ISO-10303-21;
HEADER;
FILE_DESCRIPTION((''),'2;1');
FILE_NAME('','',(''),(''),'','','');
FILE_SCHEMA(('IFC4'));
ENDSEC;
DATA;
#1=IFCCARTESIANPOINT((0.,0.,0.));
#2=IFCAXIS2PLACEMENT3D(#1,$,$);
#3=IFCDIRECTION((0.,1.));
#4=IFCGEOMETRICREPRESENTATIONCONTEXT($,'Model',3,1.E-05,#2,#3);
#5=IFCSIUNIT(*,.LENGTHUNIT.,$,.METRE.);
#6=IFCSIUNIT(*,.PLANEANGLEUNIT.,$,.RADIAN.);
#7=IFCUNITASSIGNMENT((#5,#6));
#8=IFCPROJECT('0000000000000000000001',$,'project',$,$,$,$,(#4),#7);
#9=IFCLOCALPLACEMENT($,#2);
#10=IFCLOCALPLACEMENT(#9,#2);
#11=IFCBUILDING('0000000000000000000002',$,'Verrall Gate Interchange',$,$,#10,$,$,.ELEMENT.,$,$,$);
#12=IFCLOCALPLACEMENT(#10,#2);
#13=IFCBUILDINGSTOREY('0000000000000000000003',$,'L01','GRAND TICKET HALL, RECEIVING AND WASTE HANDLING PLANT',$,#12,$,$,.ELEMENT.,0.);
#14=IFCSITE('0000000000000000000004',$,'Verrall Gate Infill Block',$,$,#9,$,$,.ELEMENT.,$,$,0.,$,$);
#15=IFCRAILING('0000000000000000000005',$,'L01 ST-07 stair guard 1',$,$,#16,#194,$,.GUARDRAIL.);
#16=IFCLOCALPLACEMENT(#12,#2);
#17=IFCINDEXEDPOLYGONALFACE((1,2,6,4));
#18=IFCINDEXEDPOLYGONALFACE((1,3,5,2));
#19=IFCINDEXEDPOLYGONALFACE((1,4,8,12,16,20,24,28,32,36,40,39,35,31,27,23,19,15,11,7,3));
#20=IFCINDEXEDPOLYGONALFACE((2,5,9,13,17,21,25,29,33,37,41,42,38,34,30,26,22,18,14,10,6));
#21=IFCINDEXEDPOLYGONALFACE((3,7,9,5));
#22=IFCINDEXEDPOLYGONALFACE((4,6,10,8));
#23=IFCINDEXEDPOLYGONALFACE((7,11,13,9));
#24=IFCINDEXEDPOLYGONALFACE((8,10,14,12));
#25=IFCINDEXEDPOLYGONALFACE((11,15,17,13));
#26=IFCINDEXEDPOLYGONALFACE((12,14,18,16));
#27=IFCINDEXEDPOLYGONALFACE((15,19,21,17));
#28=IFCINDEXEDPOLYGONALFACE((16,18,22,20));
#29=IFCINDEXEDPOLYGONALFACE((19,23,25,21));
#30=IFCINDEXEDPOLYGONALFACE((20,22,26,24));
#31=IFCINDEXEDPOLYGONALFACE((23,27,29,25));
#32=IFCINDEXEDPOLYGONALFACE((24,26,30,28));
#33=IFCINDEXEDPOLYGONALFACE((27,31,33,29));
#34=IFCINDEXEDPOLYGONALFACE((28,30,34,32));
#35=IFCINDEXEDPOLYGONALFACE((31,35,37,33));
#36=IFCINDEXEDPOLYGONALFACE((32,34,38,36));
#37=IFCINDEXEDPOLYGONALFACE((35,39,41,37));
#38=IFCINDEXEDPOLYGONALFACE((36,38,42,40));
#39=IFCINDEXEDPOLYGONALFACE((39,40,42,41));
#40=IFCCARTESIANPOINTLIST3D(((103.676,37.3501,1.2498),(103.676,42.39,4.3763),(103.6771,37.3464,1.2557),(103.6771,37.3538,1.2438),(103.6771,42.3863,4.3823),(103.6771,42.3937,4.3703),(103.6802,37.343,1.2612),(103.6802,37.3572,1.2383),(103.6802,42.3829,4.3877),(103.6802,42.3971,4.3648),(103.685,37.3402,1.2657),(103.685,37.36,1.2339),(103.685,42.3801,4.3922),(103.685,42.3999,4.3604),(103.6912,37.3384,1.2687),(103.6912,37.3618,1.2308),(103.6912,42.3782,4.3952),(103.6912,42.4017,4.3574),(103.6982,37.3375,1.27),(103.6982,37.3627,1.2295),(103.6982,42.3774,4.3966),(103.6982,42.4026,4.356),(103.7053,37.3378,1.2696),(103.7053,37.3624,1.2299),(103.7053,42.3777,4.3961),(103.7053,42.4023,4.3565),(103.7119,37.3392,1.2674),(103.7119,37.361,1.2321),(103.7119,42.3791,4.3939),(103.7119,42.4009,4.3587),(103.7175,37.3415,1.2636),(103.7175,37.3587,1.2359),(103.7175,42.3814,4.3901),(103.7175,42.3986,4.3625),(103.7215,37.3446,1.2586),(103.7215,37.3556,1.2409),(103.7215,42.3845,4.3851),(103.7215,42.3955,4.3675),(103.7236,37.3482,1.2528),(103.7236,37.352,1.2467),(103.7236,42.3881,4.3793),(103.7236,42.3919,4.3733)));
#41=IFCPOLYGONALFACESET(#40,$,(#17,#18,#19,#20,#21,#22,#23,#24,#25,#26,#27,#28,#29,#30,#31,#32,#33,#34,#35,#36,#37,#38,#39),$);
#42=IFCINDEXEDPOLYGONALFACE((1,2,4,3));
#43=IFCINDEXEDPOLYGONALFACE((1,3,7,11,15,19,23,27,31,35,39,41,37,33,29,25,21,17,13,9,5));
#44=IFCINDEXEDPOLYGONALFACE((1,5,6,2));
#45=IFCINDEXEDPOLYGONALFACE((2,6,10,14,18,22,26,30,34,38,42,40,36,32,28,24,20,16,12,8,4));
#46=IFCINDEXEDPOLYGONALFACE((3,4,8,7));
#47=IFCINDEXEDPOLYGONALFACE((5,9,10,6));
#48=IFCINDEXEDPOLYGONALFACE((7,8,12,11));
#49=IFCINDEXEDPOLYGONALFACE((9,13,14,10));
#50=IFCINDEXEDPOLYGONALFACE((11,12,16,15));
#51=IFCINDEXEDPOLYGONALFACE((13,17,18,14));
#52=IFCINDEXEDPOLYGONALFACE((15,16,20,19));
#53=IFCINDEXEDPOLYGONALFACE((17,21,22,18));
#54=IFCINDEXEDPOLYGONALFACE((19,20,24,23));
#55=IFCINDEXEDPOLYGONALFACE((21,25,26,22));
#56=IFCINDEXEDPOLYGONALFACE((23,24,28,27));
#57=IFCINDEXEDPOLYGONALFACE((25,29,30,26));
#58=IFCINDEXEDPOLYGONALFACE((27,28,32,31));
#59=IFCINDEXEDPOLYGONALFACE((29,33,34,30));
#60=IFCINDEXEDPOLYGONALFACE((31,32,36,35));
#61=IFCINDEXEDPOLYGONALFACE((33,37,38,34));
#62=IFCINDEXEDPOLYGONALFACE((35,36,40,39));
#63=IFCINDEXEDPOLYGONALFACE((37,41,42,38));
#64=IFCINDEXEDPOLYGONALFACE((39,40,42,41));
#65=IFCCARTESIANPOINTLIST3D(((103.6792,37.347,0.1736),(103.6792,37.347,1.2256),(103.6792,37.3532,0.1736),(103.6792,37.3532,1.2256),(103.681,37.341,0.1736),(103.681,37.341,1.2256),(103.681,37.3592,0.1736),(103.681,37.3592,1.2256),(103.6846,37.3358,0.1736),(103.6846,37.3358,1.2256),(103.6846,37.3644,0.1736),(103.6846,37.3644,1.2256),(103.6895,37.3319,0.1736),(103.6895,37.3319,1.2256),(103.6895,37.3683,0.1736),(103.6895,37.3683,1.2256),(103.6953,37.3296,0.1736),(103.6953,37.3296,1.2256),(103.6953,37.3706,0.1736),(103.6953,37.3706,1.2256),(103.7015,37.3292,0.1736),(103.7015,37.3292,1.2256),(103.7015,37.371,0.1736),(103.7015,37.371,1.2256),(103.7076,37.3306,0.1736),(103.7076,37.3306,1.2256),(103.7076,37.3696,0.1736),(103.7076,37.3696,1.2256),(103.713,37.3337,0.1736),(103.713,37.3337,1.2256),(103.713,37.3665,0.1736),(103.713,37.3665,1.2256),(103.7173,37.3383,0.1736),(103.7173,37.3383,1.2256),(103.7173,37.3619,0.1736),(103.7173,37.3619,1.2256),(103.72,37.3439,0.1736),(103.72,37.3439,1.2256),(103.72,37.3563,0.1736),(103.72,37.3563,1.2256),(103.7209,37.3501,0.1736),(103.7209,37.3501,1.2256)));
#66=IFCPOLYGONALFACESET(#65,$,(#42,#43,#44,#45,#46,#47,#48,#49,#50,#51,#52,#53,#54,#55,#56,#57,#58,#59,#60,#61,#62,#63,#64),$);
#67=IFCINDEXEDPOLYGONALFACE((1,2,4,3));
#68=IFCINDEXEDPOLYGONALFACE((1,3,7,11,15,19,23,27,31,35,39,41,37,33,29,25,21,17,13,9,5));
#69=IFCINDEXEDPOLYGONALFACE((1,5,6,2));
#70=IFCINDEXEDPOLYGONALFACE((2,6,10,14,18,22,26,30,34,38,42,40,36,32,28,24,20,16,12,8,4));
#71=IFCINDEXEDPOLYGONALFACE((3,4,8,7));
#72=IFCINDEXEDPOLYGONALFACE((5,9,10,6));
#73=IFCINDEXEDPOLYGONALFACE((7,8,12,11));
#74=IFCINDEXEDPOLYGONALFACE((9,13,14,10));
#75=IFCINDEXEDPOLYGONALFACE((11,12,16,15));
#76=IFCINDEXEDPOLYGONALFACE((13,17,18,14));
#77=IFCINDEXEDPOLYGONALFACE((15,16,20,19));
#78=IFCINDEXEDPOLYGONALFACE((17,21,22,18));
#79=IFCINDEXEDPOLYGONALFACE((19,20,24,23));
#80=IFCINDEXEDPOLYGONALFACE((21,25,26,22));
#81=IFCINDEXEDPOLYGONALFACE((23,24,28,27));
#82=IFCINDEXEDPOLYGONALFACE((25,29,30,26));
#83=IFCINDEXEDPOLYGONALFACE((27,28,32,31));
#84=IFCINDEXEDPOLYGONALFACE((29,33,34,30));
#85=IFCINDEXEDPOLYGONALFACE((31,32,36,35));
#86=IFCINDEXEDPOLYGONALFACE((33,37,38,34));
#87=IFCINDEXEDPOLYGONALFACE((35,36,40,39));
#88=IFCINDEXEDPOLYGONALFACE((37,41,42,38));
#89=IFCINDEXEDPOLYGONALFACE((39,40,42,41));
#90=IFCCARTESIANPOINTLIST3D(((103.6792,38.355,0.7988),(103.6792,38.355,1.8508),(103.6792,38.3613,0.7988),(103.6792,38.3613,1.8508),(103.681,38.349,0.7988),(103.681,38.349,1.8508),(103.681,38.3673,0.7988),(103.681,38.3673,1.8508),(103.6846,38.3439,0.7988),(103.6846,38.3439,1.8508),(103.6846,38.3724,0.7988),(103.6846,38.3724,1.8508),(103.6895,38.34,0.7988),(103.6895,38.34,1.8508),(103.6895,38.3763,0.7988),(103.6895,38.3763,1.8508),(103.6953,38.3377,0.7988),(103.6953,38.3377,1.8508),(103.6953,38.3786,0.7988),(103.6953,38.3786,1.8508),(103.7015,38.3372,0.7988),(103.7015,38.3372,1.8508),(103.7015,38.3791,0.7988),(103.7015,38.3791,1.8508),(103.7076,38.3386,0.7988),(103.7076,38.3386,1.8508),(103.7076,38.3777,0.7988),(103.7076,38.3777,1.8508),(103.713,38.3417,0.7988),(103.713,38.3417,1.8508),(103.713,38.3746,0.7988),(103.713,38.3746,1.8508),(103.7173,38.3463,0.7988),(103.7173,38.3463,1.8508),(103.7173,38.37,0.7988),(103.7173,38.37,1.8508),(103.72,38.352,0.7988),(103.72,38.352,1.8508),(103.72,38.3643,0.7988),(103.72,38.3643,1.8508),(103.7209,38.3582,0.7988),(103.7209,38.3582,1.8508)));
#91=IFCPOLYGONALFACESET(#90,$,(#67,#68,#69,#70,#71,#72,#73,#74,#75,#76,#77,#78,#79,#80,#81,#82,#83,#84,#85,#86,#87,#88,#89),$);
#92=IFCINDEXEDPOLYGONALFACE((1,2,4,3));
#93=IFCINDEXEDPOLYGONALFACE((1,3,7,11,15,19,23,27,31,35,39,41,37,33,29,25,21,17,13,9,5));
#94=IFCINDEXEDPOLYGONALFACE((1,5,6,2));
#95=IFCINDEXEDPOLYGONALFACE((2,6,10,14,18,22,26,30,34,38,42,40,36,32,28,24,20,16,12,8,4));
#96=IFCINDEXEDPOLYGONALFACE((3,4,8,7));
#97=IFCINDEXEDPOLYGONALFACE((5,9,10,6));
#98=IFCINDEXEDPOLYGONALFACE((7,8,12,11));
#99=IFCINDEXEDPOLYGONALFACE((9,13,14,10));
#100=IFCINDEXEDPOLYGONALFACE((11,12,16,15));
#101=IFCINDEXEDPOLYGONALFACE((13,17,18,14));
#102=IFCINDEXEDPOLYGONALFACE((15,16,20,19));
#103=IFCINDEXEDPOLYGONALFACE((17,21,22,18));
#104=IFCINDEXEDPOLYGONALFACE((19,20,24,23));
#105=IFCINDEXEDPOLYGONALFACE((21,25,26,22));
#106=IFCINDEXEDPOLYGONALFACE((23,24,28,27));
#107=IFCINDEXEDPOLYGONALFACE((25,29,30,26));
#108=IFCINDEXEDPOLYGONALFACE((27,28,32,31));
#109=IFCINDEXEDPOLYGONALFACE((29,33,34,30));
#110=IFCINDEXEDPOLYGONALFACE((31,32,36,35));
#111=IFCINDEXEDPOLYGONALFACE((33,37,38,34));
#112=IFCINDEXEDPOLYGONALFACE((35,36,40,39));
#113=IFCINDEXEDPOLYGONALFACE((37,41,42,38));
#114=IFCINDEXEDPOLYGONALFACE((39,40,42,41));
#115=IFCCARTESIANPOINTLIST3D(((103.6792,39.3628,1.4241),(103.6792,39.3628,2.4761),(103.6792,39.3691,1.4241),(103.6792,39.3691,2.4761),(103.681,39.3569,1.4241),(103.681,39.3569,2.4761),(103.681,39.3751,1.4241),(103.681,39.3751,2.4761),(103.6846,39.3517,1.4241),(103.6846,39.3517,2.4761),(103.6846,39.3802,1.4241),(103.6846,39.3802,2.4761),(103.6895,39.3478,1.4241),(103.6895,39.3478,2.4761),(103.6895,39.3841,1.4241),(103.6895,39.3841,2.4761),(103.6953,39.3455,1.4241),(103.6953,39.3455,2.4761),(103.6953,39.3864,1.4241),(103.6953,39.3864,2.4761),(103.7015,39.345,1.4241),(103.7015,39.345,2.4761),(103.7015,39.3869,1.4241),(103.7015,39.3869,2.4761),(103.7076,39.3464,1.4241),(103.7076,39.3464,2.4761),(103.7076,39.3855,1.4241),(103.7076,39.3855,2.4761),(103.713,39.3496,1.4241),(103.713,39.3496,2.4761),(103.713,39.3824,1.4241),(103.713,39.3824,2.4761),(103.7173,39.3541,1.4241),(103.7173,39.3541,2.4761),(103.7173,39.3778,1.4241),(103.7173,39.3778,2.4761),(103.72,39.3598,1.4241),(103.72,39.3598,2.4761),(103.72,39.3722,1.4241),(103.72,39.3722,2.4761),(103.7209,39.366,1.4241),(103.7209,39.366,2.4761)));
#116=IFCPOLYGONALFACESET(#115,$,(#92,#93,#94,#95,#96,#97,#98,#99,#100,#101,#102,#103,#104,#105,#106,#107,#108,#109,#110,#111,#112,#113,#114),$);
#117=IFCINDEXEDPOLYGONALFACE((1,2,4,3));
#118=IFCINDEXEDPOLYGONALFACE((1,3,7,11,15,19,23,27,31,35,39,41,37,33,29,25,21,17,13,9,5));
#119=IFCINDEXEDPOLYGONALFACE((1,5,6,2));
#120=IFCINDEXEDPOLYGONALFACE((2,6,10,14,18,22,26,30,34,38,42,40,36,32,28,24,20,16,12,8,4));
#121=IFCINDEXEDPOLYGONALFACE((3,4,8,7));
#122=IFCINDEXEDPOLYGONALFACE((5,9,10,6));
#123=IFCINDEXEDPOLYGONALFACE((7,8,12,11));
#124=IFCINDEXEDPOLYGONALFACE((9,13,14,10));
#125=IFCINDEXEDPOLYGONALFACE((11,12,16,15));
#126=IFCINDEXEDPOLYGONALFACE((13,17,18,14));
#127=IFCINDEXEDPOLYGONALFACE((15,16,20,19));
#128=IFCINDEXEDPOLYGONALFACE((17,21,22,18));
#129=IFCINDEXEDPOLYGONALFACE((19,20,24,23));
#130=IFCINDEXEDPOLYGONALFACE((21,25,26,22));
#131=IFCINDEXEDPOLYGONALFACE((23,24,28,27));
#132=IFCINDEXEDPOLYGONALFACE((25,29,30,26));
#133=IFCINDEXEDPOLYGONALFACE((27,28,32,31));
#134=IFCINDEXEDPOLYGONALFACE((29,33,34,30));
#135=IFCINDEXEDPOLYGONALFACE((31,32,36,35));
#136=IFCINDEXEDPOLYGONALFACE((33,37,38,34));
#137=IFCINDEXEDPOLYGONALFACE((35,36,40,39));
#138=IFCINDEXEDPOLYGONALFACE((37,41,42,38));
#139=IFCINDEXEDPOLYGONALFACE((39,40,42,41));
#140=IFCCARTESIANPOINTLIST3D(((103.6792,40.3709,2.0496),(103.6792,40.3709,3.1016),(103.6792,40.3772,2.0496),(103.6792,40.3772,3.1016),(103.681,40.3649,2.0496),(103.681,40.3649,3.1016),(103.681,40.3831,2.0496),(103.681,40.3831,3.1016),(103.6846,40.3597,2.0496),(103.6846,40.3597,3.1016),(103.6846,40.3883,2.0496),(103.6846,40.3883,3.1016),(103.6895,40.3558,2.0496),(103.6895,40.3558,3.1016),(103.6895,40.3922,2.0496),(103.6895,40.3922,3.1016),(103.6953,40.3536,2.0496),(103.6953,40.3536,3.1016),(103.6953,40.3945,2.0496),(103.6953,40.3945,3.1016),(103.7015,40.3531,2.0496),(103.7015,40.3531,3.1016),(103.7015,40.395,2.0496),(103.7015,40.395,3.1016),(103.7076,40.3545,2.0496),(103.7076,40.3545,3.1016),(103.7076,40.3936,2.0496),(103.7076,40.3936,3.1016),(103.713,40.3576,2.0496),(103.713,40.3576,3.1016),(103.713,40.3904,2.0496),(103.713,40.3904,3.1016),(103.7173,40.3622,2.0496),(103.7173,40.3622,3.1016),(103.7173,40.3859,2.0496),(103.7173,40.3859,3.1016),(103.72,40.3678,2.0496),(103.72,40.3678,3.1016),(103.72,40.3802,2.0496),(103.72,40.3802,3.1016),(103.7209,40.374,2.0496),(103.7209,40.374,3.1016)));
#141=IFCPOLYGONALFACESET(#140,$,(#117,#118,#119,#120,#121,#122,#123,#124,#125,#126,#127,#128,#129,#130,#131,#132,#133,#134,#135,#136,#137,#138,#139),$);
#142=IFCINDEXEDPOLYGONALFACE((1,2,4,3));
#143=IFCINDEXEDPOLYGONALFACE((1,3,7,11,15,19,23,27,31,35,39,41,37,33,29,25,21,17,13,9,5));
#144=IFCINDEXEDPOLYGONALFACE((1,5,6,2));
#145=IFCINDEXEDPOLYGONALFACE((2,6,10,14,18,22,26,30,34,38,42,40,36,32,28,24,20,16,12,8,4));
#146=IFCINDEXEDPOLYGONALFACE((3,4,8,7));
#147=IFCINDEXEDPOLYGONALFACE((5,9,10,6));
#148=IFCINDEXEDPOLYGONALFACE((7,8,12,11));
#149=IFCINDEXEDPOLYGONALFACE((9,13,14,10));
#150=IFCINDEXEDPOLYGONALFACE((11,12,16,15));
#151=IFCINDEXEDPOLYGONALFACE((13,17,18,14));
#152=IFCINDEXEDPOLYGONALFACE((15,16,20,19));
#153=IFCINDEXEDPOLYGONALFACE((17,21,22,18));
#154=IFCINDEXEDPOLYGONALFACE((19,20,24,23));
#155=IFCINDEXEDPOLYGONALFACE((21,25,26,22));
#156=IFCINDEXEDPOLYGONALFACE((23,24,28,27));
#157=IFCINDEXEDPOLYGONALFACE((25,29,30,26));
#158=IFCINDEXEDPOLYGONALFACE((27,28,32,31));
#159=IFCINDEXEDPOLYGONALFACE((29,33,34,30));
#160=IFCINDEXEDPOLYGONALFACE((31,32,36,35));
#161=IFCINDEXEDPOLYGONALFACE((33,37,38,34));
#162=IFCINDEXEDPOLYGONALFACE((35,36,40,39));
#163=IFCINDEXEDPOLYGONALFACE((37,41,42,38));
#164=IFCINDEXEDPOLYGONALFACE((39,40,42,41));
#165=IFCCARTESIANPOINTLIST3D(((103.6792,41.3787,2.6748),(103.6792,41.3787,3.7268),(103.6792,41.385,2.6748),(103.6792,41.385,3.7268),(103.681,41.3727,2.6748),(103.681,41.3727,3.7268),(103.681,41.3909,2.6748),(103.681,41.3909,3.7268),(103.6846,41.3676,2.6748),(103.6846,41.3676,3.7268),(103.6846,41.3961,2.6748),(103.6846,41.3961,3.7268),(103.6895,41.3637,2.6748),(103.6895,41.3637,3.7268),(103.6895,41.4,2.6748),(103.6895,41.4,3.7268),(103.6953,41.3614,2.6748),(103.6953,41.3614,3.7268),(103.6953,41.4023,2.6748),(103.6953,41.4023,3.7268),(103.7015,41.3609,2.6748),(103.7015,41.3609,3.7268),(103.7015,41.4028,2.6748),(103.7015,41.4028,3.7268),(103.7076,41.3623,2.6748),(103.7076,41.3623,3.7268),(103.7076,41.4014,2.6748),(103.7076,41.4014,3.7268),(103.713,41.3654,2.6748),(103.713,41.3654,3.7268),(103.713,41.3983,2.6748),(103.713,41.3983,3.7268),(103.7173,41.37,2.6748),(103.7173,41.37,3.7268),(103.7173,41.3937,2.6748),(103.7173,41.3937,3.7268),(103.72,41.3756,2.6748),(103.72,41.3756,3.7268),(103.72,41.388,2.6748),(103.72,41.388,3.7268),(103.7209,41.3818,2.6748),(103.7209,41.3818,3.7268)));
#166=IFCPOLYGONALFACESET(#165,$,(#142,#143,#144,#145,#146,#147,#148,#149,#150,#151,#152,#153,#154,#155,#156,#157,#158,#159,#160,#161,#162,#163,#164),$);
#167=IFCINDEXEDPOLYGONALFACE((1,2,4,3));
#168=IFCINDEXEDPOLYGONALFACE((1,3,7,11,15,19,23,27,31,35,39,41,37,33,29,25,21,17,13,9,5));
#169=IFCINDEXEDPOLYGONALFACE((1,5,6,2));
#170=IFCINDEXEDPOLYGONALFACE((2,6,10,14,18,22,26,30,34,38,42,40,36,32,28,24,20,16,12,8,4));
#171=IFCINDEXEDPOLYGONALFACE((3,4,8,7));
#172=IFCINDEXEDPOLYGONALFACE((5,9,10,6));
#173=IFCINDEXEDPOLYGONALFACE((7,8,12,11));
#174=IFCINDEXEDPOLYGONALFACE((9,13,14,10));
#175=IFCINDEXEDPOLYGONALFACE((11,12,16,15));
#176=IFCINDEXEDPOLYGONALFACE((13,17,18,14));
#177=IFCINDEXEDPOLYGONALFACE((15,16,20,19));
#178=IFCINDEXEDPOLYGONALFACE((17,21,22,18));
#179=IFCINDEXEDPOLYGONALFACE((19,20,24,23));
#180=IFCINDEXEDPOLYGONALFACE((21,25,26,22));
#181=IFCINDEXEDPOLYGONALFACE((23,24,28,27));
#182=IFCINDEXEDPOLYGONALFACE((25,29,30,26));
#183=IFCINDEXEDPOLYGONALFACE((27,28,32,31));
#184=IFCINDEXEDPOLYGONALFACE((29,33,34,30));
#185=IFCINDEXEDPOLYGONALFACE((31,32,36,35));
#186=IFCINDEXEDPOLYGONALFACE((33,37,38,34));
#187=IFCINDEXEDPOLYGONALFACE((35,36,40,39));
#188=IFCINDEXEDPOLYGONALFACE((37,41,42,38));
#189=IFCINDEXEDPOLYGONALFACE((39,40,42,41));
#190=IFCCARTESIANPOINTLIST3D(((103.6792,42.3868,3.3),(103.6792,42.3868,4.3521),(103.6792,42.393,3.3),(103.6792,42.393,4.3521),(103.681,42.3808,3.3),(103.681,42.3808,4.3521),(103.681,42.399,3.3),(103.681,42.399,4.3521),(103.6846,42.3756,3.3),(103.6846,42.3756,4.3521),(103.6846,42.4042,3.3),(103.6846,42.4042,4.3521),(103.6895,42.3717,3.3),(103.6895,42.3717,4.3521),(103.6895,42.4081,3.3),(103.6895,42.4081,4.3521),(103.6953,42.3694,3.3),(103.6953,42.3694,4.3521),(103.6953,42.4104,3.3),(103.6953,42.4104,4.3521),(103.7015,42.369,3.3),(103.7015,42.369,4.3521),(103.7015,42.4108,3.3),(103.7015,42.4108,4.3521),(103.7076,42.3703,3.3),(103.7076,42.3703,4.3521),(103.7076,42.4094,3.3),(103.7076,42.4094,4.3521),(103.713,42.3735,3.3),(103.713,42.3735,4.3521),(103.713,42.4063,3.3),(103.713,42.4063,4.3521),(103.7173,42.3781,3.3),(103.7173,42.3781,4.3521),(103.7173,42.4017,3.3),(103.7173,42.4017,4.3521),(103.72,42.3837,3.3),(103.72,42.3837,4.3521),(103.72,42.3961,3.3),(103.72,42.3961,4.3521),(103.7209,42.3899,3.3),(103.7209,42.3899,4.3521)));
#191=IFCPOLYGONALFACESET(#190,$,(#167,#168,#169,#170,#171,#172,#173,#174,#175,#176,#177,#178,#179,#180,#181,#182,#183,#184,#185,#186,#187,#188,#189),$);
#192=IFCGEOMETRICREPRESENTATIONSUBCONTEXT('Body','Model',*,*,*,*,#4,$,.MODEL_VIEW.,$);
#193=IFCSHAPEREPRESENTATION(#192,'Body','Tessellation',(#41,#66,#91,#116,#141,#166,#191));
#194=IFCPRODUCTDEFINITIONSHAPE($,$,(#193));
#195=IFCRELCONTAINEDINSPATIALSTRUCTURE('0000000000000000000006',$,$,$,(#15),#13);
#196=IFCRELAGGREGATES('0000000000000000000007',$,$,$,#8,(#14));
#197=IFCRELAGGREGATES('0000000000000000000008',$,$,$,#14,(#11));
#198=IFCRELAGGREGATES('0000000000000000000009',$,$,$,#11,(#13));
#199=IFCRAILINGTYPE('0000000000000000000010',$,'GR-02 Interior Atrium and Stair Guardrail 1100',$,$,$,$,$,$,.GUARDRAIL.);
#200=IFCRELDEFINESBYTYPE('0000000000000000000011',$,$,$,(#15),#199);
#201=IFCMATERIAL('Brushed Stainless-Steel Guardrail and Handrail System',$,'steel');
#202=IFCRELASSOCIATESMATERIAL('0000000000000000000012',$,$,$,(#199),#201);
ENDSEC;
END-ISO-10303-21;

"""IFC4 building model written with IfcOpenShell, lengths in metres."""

from ifc_helpers import new_model, si_unit, direction, frame, origin, origin_2d, place, context, subcontext, project, spatial, circle, extrude, material, type_object, element, save


model = new_model("IFC4")

# Units and contexts
model_context = context("Model", 3, precision=1e-05, world=origin(), true_north=direction((0.0, 1.0)))
body_context = subcontext(model_context, "Body", "Model", "MODEL_VIEW")
ifc_project = project(units=[si_unit("LENGTHUNIT", "METRE"), si_unit("PLANEANGLEUNIT", "RADIAN")], contexts=[model_context])

# Site, building, storey
site_placement = place(None, origin())
site = spatial("IfcSite", under=ifc_project, at=site_placement, Name="Verrall Gate Infill Block", CompositionType="ELEMENT", RefElevation=0.0)
building_placement = place(site_placement, origin())
building = spatial("IfcBuilding", under=site, at=building_placement, Name="Verrall Gate Interchange", CompositionType="ELEMENT")
storey_placement = place(building_placement, origin())
storey = spatial("IfcBuildingStorey", under=building, at=storey_placement, Name="L01", Description="GRAND TICKET HALL, RECEIVING AND WASTE HANDLING PLANT", CompositionType="ELEMENT", Elevation=0.0)

# Railing
ifc_material_1 = material(Name="Brushed Stainless-Steel Guardrail and Handrail System", Category="steel")
railing_type = type_object("IfcRailingType", Name="GR-02 Interior Atrium and Stair Guardrail 1100", PredefinedType="GUARDRAIL", material=ifc_material_1)
railing_1_placement = place(storey_placement, frame((103.7, 37.3501, 0.1736)))
element("IfcRailing", 1, at=railing_1_placement, inside=storey, type_object=railing_type, Name="L01 ST-07 stair guard 1", PredefinedType="GUARDRAIL", context=body_context, shape_type="SweptSolid", body=[
    extrude(circle(Radius=0.0239, at=origin_2d()), frame((0.0, 0.0, 1.0762), z_axis=(0.0, 0.849767, 0.527158), x_axis=(-1.0, 0.0, 0.0)), (0.0, 0.0, 1.0), 5.9309),
    extrude(circle(Radius=0.021, at=origin_2d()), origin(), (0.0, 0.0, 1.0), 1.052),
    extrude(circle(Radius=0.021, at=origin_2d()), frame((0.0, 1.0081, 0.6252)), (0.0, 0.0, 1.0), 1.052),
    extrude(circle(Radius=0.021, at=origin_2d()), frame((0.0, 2.0159, 1.2505)), (0.0, 0.0, 1.0), 1.052),
    extrude(circle(Radius=0.021, at=origin_2d()), frame((0.0, 3.0239, 1.876)), (0.0, 0.0, 1.0), 1.052),
    extrude(circle(Radius=0.021, at=origin_2d()), frame((0.0, 4.0317, 2.5012)), (0.0, 0.0, 1.0), 1.052),
    extrude(circle(Radius=0.021, at=origin_2d()), frame((0.0, 5.0398, 3.1265)), (0.0, 0.0, 1.0), 1.052),
])

save(model, "model.ifc")
